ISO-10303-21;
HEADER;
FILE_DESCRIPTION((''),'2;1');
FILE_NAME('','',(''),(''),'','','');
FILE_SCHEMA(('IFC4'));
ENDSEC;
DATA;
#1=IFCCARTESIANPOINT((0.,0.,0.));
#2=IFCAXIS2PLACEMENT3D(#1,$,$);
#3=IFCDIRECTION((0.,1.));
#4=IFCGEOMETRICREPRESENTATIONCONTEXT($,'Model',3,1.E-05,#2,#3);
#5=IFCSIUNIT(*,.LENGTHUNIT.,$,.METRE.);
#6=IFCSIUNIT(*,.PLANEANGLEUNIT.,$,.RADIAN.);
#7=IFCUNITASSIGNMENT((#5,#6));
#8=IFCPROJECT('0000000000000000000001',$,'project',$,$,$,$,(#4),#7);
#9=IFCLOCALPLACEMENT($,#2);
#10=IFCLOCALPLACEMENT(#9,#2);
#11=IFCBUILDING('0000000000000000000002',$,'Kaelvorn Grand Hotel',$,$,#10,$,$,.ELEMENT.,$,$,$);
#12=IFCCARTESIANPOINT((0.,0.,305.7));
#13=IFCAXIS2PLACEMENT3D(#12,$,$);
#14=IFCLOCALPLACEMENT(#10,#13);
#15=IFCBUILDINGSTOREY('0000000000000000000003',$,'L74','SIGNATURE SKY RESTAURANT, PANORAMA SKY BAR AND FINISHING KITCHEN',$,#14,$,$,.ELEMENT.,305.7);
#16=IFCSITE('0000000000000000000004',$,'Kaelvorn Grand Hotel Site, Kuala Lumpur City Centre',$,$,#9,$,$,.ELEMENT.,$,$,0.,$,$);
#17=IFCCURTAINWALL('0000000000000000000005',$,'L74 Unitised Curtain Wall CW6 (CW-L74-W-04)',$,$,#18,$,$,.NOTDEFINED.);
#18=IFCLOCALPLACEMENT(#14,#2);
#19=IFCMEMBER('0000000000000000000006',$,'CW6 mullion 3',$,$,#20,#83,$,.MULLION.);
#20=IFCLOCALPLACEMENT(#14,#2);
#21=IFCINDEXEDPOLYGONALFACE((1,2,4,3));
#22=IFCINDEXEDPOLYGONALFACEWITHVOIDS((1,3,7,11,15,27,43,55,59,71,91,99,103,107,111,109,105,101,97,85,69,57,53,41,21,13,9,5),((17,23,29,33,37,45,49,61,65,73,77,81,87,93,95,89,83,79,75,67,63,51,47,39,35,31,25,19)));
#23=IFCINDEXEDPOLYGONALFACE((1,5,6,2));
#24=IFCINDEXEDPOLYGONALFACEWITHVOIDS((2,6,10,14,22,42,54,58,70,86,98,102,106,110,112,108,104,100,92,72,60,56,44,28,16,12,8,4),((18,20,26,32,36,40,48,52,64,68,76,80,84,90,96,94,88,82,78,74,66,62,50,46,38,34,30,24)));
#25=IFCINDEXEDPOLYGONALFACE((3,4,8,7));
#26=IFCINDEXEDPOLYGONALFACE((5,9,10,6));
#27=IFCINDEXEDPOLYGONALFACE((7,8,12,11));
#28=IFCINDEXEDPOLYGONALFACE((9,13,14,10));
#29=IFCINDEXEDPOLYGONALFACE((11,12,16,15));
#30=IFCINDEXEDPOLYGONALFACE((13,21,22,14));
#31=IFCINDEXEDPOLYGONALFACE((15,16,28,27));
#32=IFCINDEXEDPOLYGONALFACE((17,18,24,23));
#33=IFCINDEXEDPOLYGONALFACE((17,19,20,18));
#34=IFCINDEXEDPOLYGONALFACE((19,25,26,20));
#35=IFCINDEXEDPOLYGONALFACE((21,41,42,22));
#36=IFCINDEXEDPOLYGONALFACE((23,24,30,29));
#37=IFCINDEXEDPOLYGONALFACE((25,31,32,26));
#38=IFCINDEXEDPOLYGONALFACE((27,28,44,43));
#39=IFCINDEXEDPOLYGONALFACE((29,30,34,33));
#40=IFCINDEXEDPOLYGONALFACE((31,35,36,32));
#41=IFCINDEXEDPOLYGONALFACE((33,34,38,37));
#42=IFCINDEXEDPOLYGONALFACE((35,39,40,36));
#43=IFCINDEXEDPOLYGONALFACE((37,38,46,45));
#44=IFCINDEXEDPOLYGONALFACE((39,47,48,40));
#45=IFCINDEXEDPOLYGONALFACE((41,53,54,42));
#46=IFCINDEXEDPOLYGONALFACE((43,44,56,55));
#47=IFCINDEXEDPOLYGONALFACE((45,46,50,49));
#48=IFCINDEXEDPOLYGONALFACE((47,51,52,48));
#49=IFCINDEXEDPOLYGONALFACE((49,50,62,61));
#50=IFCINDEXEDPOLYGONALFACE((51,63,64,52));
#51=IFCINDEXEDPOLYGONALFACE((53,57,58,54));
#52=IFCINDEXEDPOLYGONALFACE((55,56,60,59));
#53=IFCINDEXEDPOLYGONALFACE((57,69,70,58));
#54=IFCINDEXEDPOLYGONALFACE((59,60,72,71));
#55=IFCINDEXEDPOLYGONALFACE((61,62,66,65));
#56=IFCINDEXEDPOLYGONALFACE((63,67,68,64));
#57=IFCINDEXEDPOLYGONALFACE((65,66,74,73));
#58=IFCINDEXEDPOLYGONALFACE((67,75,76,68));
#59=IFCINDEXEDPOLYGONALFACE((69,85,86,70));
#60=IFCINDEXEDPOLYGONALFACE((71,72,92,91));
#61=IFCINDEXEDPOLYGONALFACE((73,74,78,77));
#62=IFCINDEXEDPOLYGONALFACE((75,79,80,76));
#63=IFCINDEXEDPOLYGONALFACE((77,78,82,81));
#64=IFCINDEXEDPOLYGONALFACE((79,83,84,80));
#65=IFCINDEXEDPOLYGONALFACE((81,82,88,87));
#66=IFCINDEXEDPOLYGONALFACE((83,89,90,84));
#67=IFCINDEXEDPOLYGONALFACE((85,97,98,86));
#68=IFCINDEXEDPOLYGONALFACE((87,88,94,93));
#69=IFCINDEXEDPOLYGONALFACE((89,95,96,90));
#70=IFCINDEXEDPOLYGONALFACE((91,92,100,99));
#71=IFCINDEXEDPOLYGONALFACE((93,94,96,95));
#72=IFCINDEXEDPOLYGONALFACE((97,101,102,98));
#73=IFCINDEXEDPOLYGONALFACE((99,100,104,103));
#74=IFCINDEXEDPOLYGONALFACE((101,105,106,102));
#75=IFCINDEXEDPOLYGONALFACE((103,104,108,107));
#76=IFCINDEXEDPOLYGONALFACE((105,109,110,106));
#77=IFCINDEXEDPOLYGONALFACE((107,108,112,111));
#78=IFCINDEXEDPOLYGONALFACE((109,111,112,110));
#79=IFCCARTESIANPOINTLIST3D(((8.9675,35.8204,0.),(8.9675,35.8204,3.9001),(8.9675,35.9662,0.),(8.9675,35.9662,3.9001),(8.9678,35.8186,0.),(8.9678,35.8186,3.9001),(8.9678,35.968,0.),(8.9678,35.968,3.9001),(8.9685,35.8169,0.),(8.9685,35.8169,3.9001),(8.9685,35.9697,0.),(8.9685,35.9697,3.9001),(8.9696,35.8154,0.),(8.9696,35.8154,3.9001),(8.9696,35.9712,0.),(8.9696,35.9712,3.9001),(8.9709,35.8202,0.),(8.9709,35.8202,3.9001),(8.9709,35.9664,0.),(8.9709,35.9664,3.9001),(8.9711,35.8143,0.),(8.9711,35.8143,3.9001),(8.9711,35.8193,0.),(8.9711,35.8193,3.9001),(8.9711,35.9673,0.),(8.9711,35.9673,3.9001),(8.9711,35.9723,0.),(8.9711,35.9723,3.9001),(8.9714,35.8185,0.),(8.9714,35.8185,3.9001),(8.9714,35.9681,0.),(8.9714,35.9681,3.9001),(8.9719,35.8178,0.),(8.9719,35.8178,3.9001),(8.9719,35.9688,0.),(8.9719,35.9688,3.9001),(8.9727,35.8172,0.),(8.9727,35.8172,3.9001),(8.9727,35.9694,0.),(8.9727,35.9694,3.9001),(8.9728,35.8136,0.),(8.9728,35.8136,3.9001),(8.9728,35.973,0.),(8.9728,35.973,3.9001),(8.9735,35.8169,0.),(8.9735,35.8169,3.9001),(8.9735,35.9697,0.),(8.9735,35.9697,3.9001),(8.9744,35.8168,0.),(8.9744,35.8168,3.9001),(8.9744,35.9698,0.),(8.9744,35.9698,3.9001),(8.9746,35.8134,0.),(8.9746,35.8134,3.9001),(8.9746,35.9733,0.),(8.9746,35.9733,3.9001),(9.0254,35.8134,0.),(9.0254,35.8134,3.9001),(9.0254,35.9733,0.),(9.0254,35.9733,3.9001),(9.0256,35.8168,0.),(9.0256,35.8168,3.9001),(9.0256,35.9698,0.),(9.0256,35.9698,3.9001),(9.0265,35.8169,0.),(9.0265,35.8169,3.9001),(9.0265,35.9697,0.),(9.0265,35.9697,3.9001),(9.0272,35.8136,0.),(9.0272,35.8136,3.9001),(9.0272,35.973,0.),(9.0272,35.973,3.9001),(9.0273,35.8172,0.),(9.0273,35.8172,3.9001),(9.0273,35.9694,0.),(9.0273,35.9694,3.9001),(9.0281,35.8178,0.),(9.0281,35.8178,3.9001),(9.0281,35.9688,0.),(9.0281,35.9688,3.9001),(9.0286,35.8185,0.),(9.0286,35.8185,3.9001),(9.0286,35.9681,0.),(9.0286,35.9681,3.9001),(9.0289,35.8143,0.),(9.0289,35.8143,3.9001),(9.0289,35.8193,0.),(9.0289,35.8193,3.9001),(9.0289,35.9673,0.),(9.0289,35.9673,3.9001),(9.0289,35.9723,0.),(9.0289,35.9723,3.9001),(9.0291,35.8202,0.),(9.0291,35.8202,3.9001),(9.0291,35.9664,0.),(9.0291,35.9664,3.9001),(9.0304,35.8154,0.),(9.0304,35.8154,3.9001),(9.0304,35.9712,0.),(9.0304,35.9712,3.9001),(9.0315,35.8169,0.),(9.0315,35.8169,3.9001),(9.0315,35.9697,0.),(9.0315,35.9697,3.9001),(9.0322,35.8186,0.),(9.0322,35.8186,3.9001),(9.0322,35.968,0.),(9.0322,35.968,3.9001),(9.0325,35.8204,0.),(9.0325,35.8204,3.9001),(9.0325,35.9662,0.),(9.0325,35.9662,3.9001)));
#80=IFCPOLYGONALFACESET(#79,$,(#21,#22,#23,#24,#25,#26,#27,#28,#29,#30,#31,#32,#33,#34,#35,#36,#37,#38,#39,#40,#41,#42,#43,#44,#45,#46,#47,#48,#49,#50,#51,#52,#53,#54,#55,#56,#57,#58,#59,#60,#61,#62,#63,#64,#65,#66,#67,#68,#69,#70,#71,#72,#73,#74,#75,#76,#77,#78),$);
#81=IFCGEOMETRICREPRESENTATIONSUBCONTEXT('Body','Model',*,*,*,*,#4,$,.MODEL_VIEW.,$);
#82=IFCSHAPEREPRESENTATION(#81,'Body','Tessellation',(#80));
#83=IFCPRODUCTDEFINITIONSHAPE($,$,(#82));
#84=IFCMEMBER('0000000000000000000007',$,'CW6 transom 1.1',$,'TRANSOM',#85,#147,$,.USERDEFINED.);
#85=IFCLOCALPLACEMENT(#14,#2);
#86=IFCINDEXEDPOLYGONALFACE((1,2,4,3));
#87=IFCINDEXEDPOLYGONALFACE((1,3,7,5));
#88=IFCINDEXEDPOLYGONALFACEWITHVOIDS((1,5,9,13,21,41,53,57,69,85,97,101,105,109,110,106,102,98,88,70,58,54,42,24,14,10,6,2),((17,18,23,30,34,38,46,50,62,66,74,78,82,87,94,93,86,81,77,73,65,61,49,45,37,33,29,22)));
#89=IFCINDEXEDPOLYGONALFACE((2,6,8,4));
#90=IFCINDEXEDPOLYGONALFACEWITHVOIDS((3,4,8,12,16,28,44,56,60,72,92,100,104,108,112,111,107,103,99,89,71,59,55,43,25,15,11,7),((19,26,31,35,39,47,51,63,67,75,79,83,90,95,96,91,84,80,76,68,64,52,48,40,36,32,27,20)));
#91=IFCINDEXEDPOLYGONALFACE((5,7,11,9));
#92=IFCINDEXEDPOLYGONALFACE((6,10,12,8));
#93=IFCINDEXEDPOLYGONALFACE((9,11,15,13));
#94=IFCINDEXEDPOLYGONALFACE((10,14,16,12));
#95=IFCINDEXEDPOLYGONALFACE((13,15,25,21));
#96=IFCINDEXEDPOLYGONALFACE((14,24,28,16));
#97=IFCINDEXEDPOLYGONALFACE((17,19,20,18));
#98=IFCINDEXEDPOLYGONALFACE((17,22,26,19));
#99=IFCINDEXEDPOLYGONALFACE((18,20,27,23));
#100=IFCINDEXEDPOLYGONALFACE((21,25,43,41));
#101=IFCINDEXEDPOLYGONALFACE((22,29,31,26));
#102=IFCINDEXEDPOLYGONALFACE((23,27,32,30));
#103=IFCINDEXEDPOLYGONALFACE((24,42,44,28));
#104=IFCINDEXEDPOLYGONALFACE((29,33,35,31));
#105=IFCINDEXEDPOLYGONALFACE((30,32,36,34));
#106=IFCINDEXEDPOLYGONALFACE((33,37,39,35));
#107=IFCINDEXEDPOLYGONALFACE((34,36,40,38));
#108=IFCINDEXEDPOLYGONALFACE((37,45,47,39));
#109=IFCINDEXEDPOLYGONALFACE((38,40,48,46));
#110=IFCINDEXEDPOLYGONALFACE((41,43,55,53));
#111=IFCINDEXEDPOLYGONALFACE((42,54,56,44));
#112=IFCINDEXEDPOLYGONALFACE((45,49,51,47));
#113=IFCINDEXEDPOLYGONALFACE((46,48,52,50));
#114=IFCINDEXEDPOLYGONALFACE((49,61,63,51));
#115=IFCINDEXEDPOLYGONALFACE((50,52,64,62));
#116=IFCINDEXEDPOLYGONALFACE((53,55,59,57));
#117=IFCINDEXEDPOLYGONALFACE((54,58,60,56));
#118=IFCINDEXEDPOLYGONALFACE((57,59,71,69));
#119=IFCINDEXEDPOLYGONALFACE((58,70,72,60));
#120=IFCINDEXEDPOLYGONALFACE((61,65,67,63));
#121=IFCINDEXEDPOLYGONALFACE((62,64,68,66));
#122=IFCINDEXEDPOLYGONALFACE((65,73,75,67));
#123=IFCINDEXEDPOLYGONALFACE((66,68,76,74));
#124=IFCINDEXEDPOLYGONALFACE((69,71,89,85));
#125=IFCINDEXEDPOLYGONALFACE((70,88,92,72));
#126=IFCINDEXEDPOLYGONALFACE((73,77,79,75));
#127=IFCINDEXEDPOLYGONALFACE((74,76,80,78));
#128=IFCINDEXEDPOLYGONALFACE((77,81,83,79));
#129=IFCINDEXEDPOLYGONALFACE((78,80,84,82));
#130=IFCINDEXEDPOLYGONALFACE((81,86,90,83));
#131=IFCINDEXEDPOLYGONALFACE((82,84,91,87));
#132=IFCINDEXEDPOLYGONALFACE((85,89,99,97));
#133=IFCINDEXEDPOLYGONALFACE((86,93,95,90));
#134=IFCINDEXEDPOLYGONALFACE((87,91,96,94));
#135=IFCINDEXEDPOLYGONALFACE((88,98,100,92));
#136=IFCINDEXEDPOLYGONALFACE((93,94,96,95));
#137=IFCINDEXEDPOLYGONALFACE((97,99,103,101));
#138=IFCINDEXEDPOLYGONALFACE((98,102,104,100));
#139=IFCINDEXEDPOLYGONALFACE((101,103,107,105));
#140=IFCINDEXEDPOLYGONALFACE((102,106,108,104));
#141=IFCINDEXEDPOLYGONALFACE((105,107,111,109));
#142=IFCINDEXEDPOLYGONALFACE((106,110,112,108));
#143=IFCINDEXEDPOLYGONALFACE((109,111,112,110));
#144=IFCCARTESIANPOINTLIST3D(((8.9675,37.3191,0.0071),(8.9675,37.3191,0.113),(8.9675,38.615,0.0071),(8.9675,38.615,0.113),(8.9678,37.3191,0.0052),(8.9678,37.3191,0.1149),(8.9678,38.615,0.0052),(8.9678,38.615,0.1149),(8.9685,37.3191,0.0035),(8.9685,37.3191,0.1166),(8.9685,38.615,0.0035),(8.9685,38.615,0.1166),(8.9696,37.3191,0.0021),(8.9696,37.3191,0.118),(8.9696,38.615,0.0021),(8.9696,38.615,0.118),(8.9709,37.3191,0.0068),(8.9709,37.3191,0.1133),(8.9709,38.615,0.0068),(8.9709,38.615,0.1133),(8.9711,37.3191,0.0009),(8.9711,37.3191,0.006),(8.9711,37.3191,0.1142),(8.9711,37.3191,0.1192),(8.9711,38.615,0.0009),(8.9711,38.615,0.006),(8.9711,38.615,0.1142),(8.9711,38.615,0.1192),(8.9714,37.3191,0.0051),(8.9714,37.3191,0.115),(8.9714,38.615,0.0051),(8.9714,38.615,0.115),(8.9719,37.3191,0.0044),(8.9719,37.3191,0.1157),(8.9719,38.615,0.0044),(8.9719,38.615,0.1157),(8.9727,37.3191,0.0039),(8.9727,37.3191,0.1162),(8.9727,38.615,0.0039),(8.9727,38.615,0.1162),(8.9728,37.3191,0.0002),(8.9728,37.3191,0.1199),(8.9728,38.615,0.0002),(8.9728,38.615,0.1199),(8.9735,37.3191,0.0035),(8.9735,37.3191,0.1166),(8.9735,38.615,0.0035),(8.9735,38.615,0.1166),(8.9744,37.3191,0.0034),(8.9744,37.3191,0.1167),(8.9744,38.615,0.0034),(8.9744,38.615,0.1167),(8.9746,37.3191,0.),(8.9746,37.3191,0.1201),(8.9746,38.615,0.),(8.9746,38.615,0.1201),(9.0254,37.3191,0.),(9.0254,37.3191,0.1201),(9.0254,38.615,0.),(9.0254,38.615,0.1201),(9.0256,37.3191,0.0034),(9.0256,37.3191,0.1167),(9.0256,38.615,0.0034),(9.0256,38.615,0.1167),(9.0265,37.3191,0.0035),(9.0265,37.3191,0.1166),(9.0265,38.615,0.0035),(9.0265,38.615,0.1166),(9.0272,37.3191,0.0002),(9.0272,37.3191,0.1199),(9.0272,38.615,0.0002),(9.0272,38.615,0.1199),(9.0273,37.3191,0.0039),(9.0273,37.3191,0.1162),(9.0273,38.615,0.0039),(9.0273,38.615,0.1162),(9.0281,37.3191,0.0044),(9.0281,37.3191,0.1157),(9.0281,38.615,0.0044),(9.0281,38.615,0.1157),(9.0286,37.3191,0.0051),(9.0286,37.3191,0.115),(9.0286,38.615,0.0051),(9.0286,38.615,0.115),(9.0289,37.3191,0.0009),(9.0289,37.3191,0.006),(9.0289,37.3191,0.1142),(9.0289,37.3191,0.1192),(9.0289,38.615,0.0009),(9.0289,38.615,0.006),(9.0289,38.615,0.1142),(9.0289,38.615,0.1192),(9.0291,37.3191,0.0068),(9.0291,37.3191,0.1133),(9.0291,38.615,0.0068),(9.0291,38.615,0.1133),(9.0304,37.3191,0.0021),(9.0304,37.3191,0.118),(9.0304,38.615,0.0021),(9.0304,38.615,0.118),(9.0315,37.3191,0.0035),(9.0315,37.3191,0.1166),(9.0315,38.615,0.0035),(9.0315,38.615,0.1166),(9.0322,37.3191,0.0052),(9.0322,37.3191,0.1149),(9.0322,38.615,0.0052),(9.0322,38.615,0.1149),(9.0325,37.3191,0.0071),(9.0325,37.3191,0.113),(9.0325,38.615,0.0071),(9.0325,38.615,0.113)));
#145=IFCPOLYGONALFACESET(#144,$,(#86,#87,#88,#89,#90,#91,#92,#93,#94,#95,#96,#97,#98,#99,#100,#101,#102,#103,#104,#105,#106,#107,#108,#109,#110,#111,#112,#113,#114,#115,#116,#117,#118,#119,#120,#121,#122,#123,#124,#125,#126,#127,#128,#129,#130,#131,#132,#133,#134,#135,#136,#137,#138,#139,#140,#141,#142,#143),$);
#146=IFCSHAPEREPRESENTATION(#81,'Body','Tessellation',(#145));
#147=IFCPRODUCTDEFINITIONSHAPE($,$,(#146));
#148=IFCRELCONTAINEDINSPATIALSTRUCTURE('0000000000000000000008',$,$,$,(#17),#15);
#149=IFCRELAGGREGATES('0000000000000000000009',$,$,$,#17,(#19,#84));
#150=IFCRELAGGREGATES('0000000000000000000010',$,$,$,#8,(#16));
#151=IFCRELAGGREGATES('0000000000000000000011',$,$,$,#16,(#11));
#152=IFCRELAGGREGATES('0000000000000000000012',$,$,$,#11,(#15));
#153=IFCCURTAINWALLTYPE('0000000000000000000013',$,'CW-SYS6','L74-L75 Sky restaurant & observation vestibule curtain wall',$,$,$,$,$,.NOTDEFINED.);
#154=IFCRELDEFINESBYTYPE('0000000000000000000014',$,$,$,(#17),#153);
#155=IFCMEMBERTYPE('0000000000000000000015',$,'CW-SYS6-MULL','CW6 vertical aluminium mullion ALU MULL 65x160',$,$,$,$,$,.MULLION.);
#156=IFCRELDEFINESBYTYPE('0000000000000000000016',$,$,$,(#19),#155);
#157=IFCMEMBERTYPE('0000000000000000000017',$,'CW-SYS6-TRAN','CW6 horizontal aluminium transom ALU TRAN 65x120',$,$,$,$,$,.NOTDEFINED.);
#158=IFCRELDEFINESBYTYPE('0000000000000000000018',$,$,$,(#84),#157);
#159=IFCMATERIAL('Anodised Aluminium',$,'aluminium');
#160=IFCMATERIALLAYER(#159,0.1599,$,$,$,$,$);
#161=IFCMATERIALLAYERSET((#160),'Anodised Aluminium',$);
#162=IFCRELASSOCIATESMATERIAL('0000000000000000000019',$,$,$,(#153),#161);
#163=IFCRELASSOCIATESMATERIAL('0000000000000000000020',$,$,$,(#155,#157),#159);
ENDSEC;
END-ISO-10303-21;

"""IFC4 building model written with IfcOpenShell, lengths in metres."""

from ifc_helpers import new_model, si_unit, direction, frame, origin, origin_2d, place, context, subcontext, project, spatial, hollow_rectangle, extrude, material, layer, layer_set, material_profile, profile_set, type_object, element, aggregate, save


model = new_model("IFC4")

# Units and contexts
model_context = context("Model", 3, precision=1e-05, world=origin(), true_north=direction((0.0, 1.0)))
body_context = subcontext(model_context, "Body", "Model", "MODEL_VIEW")
ifc_project = project(units=[si_unit("LENGTHUNIT", "METRE"), si_unit("PLANEANGLEUNIT", "RADIAN")], contexts=[model_context])

# Site, building, storey
site_placement = place(None, origin())
site = spatial("IfcSite", under=ifc_project, at=site_placement, Name="Kaelvorn Grand Hotel Site, Kuala Lumpur City Centre", CompositionType="ELEMENT", RefElevation=0.0)
building_placement = place(site_placement, origin())
building = spatial("IfcBuilding", under=site, at=building_placement, Name="Kaelvorn Grand Hotel", CompositionType="ELEMENT")
storey_placement = place(building_placement, frame((0.0, 0.0, 305.7)))
storey = spatial("IfcBuildingStorey", under=building, at=storey_placement, Name="L74", Description="SIGNATURE SKY RESTAURANT, PANORAMA SKY BAR AND FINISHING KITCHEN", CompositionType="ELEMENT", Elevation=305.7)

# Shared definitions
ifc_material_1 = material(Name="Anodised Aluminium", Category="aluminium")
ifc_layer_1 = layer(ifc_material_1, 0.1599)
ifc_layer_set_1 = layer_set([ifc_layer_1], Name="Anodised Aluminium")
curtain_wall_type = type_object("IfcCurtainWallType", Name="CW-SYS6", Description="L74-L75 Sky restaurant & observation vestibule curtain wall", PredefinedType="NOTDEFINED", material=ifc_layer_set_1)
ifc_material_profile_1 = material_profile(ifc_material_1, hollow_rectangle(XDim=0.0649, YDim=0.1599, WallThickness=0.0034, InnerFilletRadius=0.0034, OuterFilletRadius=0.0071, at=origin_2d()), Name="ALU MULL 65x160")
ifc_profile_set_1 = profile_set([ifc_material_profile_1], Name="Anodised Aluminium")
member_type_1 = type_object("IfcMemberType", Name="CW-SYS6-MULL", Description="CW6 vertical aluminium mullion ALU MULL 65x160", PredefinedType="MULLION", material=ifc_profile_set_1)

# Curtain wall, members
curtain_wall_1_placement = place(storey_placement, origin())
curtain_wall_1 = element("IfcCurtainWall", 1, at=curtain_wall_1_placement, inside=storey, type_object=curtain_wall_type, Name="L74 Unitised Curtain Wall CW6 (CW-L74-W-04)", PredefinedType="NOTDEFINED")
member_1_placement = place(storey_placement, frame((9.0, 35.8933, 0.0), z_axis=(0.0, 0.0, 1.0), x_axis=(1.0, 0.0, 0.0)))
member_1 = element("IfcMember", 2, at=member_1_placement, type_object=member_type_1, Name="CW6 mullion 3", PredefinedType="MULLION", context=body_context, shape_type="SweptSolid", body=[
    extrude(hollow_rectangle(XDim=0.0649, YDim=0.1599, WallThickness=0.0034, InnerFilletRadius=0.0034, OuterFilletRadius=0.0071, at=origin_2d()), origin(), (0.0, 0.0, 1.0), 3.9001),
])
ifc_material_profile_2 = material_profile(ifc_material_1, hollow_rectangle(XDim=0.0649, YDim=0.1201, WallThickness=0.0034, InnerFilletRadius=0.0034, OuterFilletRadius=0.0071, at=origin_2d()), Name="ALU TRAN 65x120")
ifc_profile_set_2 = profile_set([ifc_material_profile_2], Name="Anodised Aluminium")
member_type_2 = type_object("IfcMemberType", Name="CW-SYS6-TRAN", Description="CW6 horizontal aluminium transom ALU TRAN 65x120", PredefinedType="NOTDEFINED", material=ifc_profile_set_2)
member_2_placement = place(storey_placement, frame((9.0, 38.615, 0.0601), z_axis=(0.0, -1.0, 0.0), x_axis=(1.0, 0.0, 0.0)))
member_2 = element("IfcMember", 3, at=member_2_placement, type_object=member_type_2, Name="CW6 transom 1.1", ObjectType="TRANSOM", PredefinedType="USERDEFINED", context=body_context, shape_type="SweptSolid", body=[
    extrude(hollow_rectangle(XDim=0.0649, YDim=0.1201, WallThickness=0.0034, InnerFilletRadius=0.0034, OuterFilletRadius=0.0071, at=origin_2d()), origin(), (0.0, 0.0, 1.0), 1.2959),
])

aggregate(curtain_wall_1, [member_1, member_2])

save(model, "model.ifc")
